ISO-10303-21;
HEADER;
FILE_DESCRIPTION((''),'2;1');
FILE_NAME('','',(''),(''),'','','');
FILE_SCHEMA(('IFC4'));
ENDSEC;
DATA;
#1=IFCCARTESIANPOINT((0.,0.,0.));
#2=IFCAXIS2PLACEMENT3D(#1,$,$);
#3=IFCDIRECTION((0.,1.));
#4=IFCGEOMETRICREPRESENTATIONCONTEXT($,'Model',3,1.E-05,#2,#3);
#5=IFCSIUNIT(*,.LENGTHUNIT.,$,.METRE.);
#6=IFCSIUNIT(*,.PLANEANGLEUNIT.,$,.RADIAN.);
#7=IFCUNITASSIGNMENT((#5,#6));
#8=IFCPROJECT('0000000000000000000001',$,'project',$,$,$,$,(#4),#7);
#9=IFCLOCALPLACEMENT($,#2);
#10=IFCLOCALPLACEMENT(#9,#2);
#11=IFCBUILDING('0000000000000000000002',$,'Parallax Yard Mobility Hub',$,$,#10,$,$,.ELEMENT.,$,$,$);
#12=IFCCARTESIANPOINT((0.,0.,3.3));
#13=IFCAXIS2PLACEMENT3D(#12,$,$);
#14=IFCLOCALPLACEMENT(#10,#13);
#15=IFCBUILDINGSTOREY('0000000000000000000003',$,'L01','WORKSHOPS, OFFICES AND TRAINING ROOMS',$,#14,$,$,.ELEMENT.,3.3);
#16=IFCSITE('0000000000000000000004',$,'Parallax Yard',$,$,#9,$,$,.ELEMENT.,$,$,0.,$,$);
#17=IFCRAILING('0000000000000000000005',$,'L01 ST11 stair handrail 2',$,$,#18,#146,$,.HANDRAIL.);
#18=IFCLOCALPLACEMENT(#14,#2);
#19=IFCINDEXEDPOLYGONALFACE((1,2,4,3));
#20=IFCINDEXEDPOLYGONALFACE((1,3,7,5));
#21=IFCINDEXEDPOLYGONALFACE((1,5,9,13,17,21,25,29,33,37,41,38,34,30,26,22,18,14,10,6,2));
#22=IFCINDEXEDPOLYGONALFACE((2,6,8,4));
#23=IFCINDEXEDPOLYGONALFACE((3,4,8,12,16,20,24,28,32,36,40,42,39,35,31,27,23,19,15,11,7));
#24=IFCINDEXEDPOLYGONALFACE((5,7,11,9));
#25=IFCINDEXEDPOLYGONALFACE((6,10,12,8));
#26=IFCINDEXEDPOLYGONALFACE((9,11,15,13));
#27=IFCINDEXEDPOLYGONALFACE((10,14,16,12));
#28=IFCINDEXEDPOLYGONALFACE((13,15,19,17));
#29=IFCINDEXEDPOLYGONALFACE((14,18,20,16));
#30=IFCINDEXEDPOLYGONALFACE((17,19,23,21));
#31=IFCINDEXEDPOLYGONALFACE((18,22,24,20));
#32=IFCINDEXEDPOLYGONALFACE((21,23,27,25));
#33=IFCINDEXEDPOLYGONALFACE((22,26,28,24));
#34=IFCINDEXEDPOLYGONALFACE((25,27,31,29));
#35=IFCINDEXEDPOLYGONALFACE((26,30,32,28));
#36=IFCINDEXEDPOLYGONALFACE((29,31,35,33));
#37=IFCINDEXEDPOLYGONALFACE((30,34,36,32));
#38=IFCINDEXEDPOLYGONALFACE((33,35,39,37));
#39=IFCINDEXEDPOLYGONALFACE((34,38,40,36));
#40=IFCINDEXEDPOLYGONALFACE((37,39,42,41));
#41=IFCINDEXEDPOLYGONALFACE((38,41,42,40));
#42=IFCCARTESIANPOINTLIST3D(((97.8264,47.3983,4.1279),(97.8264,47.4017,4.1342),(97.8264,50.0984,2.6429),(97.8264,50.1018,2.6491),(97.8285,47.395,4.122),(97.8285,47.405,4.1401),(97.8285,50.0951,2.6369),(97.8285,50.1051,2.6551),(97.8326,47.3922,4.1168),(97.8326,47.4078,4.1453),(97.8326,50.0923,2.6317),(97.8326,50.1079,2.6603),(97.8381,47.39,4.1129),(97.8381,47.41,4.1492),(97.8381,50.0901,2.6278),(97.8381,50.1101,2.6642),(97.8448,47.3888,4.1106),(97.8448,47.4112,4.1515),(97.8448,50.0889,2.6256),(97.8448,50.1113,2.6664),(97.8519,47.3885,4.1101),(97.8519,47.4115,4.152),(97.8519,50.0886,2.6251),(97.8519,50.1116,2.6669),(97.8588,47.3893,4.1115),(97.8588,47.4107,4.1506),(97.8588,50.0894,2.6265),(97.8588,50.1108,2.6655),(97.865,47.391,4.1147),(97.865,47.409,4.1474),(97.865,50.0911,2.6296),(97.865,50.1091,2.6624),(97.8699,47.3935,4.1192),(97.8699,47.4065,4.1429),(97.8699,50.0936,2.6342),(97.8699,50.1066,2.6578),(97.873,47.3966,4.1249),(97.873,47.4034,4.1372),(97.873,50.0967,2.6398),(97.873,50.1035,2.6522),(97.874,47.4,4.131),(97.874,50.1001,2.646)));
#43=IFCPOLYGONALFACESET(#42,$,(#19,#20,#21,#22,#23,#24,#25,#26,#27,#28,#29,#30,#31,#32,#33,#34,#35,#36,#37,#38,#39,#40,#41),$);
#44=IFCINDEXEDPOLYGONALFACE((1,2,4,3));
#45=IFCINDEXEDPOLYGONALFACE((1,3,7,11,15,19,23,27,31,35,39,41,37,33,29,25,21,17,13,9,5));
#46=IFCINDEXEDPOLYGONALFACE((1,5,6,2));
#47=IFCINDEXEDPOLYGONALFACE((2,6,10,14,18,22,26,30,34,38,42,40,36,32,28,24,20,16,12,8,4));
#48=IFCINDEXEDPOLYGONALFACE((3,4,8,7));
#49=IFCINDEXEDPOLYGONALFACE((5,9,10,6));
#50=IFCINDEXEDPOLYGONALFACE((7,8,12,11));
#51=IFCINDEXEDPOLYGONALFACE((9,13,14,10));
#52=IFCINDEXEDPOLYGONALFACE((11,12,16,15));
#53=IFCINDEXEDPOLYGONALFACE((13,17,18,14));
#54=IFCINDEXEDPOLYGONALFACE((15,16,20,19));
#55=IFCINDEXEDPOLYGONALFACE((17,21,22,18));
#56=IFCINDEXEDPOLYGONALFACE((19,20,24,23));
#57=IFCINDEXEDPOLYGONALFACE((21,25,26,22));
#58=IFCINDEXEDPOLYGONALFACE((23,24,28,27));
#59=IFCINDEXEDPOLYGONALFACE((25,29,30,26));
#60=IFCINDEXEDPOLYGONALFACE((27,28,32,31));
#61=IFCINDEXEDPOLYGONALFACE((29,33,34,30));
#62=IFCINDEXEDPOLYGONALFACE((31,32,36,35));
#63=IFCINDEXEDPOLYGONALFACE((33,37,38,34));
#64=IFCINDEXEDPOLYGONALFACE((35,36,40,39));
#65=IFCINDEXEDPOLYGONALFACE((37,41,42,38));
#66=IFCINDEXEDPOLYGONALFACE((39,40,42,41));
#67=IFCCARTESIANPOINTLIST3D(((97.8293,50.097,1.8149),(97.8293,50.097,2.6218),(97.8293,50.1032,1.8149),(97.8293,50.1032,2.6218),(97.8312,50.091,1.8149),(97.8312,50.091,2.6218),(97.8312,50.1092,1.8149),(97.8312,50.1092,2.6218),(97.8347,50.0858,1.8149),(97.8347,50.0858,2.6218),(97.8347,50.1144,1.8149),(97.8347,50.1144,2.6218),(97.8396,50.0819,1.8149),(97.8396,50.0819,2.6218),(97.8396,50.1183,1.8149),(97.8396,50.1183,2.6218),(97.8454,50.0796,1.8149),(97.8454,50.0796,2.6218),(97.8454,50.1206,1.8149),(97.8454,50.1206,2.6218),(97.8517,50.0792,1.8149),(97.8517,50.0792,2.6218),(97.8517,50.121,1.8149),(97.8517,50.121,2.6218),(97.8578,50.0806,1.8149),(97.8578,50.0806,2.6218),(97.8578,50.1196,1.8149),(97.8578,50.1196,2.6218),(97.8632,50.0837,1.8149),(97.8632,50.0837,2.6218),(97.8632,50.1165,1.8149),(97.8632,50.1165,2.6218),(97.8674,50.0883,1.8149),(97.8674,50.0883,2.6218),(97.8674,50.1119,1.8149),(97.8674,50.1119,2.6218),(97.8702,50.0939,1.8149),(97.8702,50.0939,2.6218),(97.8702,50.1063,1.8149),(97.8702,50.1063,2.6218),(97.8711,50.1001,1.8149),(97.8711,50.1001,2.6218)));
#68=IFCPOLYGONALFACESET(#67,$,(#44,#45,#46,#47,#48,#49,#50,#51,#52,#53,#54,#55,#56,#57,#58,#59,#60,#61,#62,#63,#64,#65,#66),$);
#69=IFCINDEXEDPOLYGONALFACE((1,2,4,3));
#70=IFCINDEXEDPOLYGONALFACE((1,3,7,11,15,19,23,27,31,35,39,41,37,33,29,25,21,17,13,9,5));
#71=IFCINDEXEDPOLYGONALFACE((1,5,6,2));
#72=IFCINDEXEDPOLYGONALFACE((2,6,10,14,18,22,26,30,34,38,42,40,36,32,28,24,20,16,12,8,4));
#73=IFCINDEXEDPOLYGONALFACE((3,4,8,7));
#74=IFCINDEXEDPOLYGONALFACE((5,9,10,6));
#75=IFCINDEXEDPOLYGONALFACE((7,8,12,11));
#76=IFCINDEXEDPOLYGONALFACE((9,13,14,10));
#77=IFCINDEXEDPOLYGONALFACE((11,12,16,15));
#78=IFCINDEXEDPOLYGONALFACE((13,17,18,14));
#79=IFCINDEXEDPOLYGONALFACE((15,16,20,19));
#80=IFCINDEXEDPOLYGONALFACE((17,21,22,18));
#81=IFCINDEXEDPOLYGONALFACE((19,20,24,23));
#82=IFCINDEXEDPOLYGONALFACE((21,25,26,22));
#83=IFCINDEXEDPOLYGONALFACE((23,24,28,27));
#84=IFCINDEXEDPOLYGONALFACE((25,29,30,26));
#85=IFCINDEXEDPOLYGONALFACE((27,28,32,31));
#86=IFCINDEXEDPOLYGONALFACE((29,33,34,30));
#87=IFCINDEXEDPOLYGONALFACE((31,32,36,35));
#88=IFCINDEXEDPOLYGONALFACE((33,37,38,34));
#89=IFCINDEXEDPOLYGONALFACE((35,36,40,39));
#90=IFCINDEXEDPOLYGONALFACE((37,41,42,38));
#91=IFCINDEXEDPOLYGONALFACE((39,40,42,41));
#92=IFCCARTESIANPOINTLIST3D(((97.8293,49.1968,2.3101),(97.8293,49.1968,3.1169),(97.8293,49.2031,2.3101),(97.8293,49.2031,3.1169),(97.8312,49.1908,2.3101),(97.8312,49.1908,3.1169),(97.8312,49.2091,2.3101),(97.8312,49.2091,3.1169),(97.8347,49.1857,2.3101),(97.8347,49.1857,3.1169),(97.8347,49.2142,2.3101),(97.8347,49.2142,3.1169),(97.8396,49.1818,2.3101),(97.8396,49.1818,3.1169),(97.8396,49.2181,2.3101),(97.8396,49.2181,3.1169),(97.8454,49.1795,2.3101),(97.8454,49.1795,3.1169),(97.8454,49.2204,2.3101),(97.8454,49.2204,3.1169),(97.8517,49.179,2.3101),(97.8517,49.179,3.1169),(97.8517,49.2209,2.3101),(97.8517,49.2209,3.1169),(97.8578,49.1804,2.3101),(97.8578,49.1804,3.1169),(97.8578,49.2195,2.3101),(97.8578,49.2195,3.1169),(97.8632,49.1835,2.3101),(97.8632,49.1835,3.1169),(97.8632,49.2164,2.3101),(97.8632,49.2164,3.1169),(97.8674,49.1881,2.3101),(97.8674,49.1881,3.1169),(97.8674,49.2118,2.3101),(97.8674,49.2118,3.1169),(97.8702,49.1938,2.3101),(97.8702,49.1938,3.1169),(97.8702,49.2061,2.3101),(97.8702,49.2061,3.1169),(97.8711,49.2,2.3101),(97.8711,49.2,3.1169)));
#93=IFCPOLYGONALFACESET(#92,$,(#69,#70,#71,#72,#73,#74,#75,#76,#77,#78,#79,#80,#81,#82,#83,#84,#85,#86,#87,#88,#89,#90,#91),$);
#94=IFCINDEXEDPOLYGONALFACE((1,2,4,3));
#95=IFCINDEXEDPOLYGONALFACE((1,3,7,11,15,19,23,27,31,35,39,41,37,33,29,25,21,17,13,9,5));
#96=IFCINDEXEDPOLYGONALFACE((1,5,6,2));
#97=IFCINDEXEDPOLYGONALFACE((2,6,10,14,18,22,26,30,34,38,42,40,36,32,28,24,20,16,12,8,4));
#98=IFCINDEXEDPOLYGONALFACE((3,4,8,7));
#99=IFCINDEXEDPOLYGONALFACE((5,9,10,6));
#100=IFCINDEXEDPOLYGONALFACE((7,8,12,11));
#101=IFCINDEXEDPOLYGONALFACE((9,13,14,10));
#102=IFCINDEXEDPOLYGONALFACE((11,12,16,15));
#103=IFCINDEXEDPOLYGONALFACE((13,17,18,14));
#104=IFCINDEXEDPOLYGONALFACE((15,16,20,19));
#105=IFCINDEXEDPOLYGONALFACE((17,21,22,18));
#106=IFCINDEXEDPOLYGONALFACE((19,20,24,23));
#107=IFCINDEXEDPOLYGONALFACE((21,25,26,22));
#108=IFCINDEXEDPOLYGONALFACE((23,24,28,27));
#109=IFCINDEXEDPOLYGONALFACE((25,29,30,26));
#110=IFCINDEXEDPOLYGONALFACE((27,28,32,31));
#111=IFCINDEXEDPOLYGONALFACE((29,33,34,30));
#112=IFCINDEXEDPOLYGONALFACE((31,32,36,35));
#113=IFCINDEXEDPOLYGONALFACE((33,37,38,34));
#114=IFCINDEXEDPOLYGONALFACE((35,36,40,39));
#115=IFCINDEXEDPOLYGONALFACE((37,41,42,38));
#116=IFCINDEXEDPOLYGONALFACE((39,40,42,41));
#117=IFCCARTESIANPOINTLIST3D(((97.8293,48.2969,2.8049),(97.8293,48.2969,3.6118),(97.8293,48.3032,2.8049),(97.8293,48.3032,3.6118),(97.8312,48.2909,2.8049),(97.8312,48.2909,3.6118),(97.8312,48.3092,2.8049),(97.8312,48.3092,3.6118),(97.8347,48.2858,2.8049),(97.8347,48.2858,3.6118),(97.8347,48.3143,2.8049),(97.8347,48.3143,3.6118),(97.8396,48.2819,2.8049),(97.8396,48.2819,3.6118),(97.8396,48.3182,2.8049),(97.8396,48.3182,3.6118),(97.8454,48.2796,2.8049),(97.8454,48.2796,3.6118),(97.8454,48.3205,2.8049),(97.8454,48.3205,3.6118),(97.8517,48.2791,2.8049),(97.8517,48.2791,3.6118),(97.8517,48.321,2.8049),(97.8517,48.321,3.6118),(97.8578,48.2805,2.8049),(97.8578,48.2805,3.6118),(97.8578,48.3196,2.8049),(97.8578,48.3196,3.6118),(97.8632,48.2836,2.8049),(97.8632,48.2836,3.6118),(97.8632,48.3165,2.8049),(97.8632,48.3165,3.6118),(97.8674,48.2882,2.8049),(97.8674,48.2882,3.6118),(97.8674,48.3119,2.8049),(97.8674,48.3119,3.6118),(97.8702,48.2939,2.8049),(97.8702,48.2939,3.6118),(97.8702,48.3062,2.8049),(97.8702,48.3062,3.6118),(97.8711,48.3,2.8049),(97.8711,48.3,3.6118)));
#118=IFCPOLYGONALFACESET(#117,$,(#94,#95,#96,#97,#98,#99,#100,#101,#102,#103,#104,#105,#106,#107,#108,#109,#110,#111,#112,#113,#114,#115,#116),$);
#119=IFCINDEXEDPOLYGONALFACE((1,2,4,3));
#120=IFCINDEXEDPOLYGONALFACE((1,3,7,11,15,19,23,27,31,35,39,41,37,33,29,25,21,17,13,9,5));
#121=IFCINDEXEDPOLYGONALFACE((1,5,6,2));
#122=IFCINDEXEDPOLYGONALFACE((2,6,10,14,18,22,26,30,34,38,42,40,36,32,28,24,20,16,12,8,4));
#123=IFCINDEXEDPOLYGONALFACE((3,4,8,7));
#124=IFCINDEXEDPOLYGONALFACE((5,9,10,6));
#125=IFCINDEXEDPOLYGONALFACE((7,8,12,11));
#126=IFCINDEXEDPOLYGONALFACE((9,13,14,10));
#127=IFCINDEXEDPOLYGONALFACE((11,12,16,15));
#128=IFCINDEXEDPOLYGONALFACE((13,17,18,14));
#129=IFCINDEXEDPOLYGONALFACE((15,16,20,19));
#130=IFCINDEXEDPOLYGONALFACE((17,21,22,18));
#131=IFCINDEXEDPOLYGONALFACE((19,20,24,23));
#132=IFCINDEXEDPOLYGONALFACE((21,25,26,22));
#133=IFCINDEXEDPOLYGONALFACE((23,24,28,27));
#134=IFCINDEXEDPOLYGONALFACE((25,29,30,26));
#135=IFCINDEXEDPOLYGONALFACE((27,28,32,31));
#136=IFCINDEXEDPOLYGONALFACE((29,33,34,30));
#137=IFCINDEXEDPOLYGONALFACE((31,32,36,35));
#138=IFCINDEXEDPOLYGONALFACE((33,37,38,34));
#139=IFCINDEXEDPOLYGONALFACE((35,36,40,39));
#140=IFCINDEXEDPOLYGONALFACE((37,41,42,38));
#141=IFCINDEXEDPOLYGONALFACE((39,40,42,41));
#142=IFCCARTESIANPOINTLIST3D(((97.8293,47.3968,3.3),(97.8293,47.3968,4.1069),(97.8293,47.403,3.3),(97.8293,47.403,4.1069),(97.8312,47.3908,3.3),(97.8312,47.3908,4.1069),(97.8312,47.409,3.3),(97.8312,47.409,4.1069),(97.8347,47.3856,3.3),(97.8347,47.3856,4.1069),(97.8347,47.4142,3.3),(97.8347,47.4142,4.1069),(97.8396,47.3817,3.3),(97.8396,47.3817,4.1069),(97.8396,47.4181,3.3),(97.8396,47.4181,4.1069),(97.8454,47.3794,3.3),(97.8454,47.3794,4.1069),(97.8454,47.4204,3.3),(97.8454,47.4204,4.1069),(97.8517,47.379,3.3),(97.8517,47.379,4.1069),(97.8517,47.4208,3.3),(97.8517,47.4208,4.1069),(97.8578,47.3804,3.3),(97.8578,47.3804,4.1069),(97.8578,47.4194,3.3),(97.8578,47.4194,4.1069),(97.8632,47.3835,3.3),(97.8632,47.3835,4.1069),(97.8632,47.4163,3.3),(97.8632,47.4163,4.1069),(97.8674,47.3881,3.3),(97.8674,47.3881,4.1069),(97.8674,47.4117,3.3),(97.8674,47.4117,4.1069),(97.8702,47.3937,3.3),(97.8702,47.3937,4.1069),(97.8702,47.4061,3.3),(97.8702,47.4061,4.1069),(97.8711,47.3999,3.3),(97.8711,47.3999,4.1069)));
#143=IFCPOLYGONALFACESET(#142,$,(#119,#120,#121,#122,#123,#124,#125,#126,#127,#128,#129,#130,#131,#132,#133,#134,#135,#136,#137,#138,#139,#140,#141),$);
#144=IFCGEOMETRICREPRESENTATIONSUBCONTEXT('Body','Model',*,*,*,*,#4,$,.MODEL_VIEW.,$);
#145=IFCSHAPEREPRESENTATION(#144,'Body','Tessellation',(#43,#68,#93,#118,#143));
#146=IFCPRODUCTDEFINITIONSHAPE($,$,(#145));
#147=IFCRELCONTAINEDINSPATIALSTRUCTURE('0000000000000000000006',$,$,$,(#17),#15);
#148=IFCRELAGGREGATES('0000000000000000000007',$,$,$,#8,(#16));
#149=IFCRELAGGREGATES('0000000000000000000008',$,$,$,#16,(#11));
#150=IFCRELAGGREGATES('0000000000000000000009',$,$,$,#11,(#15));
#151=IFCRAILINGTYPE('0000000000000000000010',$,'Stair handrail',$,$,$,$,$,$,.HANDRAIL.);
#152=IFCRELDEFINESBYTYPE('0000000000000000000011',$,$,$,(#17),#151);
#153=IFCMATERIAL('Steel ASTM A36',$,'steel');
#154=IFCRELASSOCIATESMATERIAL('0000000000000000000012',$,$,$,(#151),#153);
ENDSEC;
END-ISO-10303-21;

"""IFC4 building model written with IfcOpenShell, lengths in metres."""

from ifc_helpers import new_model, si_unit, direction, frame, origin, origin_2d, place, context, subcontext, project, spatial, circle, extrude, material, type_object, element, save


model = new_model("IFC4")

# Units and contexts
model_context = context("Model", 3, precision=1e-05, world=origin(), true_north=direction((0.0, 1.0)))
body_context = subcontext(model_context, "Body", "Model", "MODEL_VIEW")
ifc_project = project(units=[si_unit("LENGTHUNIT", "METRE"), si_unit("PLANEANGLEUNIT", "RADIAN")], contexts=[model_context])

# Site, building, storey
site_placement = place(None, origin())
site = spatial("IfcSite", under=ifc_project, at=site_placement, Name="Parallax Yard", CompositionType="ELEMENT", RefElevation=0.0)
building_placement = place(site_placement, origin())
building = spatial("IfcBuilding", under=site, at=building_placement, Name="Parallax Yard Mobility Hub", CompositionType="ELEMENT")
storey_placement = place(building_placement, frame((0.0, 0.0, 3.3)))
storey = spatial("IfcBuildingStorey", under=building, at=storey_placement, Name="L01", Description="WORKSHOPS, OFFICES AND TRAINING ROOMS", CompositionType="ELEMENT", Elevation=3.3)

# Railing
ifc_material_1 = material(Name="Steel ASTM A36", Category="steel")
railing_type_1 = type_object("IfcRailingType", Name="Stair handrail", PredefinedType="HANDRAIL", material=ifc_material_1)
railing_1_placement = place(storey_placement, frame((97.8501, 50.1001, 1.8149)))
element("IfcRailing", 1, at=railing_1_placement, inside=storey, type_object=railing_type_1, Name="L01 ST11 stair handrail 2", PredefinedType="HANDRAIL", context=body_context, shape_type="SweptSolid", body=[
    extrude(circle(Radius=0.0239, at=origin_2d()), frame((0.0, 0.0, 0.8311), z_axis=(0.0, -0.876216, 0.481919), x_axis=(1.0, 0.0, 0.0)), (0.0, 0.0, 1.0), 3.0815),
    extrude(circle(Radius=0.021, at=origin_2d()), origin(), (0.0, 0.0, 1.0), 0.8069),
    extrude(circle(Radius=0.021, at=origin_2d()), frame((0.0, -0.9001, 0.4951)), (0.0, 0.0, 1.0), 0.8069),
    extrude(circle(Radius=0.021, at=origin_2d()), frame((0.0, -1.8, 0.99)), (0.0, 0.0, 1.0), 0.8069),
    extrude(circle(Radius=0.021, at=origin_2d()), frame((0.0, -2.7002, 1.4851)), (0.0, 0.0, 1.0), 0.8069),
])

save(model, "model.ifc")
